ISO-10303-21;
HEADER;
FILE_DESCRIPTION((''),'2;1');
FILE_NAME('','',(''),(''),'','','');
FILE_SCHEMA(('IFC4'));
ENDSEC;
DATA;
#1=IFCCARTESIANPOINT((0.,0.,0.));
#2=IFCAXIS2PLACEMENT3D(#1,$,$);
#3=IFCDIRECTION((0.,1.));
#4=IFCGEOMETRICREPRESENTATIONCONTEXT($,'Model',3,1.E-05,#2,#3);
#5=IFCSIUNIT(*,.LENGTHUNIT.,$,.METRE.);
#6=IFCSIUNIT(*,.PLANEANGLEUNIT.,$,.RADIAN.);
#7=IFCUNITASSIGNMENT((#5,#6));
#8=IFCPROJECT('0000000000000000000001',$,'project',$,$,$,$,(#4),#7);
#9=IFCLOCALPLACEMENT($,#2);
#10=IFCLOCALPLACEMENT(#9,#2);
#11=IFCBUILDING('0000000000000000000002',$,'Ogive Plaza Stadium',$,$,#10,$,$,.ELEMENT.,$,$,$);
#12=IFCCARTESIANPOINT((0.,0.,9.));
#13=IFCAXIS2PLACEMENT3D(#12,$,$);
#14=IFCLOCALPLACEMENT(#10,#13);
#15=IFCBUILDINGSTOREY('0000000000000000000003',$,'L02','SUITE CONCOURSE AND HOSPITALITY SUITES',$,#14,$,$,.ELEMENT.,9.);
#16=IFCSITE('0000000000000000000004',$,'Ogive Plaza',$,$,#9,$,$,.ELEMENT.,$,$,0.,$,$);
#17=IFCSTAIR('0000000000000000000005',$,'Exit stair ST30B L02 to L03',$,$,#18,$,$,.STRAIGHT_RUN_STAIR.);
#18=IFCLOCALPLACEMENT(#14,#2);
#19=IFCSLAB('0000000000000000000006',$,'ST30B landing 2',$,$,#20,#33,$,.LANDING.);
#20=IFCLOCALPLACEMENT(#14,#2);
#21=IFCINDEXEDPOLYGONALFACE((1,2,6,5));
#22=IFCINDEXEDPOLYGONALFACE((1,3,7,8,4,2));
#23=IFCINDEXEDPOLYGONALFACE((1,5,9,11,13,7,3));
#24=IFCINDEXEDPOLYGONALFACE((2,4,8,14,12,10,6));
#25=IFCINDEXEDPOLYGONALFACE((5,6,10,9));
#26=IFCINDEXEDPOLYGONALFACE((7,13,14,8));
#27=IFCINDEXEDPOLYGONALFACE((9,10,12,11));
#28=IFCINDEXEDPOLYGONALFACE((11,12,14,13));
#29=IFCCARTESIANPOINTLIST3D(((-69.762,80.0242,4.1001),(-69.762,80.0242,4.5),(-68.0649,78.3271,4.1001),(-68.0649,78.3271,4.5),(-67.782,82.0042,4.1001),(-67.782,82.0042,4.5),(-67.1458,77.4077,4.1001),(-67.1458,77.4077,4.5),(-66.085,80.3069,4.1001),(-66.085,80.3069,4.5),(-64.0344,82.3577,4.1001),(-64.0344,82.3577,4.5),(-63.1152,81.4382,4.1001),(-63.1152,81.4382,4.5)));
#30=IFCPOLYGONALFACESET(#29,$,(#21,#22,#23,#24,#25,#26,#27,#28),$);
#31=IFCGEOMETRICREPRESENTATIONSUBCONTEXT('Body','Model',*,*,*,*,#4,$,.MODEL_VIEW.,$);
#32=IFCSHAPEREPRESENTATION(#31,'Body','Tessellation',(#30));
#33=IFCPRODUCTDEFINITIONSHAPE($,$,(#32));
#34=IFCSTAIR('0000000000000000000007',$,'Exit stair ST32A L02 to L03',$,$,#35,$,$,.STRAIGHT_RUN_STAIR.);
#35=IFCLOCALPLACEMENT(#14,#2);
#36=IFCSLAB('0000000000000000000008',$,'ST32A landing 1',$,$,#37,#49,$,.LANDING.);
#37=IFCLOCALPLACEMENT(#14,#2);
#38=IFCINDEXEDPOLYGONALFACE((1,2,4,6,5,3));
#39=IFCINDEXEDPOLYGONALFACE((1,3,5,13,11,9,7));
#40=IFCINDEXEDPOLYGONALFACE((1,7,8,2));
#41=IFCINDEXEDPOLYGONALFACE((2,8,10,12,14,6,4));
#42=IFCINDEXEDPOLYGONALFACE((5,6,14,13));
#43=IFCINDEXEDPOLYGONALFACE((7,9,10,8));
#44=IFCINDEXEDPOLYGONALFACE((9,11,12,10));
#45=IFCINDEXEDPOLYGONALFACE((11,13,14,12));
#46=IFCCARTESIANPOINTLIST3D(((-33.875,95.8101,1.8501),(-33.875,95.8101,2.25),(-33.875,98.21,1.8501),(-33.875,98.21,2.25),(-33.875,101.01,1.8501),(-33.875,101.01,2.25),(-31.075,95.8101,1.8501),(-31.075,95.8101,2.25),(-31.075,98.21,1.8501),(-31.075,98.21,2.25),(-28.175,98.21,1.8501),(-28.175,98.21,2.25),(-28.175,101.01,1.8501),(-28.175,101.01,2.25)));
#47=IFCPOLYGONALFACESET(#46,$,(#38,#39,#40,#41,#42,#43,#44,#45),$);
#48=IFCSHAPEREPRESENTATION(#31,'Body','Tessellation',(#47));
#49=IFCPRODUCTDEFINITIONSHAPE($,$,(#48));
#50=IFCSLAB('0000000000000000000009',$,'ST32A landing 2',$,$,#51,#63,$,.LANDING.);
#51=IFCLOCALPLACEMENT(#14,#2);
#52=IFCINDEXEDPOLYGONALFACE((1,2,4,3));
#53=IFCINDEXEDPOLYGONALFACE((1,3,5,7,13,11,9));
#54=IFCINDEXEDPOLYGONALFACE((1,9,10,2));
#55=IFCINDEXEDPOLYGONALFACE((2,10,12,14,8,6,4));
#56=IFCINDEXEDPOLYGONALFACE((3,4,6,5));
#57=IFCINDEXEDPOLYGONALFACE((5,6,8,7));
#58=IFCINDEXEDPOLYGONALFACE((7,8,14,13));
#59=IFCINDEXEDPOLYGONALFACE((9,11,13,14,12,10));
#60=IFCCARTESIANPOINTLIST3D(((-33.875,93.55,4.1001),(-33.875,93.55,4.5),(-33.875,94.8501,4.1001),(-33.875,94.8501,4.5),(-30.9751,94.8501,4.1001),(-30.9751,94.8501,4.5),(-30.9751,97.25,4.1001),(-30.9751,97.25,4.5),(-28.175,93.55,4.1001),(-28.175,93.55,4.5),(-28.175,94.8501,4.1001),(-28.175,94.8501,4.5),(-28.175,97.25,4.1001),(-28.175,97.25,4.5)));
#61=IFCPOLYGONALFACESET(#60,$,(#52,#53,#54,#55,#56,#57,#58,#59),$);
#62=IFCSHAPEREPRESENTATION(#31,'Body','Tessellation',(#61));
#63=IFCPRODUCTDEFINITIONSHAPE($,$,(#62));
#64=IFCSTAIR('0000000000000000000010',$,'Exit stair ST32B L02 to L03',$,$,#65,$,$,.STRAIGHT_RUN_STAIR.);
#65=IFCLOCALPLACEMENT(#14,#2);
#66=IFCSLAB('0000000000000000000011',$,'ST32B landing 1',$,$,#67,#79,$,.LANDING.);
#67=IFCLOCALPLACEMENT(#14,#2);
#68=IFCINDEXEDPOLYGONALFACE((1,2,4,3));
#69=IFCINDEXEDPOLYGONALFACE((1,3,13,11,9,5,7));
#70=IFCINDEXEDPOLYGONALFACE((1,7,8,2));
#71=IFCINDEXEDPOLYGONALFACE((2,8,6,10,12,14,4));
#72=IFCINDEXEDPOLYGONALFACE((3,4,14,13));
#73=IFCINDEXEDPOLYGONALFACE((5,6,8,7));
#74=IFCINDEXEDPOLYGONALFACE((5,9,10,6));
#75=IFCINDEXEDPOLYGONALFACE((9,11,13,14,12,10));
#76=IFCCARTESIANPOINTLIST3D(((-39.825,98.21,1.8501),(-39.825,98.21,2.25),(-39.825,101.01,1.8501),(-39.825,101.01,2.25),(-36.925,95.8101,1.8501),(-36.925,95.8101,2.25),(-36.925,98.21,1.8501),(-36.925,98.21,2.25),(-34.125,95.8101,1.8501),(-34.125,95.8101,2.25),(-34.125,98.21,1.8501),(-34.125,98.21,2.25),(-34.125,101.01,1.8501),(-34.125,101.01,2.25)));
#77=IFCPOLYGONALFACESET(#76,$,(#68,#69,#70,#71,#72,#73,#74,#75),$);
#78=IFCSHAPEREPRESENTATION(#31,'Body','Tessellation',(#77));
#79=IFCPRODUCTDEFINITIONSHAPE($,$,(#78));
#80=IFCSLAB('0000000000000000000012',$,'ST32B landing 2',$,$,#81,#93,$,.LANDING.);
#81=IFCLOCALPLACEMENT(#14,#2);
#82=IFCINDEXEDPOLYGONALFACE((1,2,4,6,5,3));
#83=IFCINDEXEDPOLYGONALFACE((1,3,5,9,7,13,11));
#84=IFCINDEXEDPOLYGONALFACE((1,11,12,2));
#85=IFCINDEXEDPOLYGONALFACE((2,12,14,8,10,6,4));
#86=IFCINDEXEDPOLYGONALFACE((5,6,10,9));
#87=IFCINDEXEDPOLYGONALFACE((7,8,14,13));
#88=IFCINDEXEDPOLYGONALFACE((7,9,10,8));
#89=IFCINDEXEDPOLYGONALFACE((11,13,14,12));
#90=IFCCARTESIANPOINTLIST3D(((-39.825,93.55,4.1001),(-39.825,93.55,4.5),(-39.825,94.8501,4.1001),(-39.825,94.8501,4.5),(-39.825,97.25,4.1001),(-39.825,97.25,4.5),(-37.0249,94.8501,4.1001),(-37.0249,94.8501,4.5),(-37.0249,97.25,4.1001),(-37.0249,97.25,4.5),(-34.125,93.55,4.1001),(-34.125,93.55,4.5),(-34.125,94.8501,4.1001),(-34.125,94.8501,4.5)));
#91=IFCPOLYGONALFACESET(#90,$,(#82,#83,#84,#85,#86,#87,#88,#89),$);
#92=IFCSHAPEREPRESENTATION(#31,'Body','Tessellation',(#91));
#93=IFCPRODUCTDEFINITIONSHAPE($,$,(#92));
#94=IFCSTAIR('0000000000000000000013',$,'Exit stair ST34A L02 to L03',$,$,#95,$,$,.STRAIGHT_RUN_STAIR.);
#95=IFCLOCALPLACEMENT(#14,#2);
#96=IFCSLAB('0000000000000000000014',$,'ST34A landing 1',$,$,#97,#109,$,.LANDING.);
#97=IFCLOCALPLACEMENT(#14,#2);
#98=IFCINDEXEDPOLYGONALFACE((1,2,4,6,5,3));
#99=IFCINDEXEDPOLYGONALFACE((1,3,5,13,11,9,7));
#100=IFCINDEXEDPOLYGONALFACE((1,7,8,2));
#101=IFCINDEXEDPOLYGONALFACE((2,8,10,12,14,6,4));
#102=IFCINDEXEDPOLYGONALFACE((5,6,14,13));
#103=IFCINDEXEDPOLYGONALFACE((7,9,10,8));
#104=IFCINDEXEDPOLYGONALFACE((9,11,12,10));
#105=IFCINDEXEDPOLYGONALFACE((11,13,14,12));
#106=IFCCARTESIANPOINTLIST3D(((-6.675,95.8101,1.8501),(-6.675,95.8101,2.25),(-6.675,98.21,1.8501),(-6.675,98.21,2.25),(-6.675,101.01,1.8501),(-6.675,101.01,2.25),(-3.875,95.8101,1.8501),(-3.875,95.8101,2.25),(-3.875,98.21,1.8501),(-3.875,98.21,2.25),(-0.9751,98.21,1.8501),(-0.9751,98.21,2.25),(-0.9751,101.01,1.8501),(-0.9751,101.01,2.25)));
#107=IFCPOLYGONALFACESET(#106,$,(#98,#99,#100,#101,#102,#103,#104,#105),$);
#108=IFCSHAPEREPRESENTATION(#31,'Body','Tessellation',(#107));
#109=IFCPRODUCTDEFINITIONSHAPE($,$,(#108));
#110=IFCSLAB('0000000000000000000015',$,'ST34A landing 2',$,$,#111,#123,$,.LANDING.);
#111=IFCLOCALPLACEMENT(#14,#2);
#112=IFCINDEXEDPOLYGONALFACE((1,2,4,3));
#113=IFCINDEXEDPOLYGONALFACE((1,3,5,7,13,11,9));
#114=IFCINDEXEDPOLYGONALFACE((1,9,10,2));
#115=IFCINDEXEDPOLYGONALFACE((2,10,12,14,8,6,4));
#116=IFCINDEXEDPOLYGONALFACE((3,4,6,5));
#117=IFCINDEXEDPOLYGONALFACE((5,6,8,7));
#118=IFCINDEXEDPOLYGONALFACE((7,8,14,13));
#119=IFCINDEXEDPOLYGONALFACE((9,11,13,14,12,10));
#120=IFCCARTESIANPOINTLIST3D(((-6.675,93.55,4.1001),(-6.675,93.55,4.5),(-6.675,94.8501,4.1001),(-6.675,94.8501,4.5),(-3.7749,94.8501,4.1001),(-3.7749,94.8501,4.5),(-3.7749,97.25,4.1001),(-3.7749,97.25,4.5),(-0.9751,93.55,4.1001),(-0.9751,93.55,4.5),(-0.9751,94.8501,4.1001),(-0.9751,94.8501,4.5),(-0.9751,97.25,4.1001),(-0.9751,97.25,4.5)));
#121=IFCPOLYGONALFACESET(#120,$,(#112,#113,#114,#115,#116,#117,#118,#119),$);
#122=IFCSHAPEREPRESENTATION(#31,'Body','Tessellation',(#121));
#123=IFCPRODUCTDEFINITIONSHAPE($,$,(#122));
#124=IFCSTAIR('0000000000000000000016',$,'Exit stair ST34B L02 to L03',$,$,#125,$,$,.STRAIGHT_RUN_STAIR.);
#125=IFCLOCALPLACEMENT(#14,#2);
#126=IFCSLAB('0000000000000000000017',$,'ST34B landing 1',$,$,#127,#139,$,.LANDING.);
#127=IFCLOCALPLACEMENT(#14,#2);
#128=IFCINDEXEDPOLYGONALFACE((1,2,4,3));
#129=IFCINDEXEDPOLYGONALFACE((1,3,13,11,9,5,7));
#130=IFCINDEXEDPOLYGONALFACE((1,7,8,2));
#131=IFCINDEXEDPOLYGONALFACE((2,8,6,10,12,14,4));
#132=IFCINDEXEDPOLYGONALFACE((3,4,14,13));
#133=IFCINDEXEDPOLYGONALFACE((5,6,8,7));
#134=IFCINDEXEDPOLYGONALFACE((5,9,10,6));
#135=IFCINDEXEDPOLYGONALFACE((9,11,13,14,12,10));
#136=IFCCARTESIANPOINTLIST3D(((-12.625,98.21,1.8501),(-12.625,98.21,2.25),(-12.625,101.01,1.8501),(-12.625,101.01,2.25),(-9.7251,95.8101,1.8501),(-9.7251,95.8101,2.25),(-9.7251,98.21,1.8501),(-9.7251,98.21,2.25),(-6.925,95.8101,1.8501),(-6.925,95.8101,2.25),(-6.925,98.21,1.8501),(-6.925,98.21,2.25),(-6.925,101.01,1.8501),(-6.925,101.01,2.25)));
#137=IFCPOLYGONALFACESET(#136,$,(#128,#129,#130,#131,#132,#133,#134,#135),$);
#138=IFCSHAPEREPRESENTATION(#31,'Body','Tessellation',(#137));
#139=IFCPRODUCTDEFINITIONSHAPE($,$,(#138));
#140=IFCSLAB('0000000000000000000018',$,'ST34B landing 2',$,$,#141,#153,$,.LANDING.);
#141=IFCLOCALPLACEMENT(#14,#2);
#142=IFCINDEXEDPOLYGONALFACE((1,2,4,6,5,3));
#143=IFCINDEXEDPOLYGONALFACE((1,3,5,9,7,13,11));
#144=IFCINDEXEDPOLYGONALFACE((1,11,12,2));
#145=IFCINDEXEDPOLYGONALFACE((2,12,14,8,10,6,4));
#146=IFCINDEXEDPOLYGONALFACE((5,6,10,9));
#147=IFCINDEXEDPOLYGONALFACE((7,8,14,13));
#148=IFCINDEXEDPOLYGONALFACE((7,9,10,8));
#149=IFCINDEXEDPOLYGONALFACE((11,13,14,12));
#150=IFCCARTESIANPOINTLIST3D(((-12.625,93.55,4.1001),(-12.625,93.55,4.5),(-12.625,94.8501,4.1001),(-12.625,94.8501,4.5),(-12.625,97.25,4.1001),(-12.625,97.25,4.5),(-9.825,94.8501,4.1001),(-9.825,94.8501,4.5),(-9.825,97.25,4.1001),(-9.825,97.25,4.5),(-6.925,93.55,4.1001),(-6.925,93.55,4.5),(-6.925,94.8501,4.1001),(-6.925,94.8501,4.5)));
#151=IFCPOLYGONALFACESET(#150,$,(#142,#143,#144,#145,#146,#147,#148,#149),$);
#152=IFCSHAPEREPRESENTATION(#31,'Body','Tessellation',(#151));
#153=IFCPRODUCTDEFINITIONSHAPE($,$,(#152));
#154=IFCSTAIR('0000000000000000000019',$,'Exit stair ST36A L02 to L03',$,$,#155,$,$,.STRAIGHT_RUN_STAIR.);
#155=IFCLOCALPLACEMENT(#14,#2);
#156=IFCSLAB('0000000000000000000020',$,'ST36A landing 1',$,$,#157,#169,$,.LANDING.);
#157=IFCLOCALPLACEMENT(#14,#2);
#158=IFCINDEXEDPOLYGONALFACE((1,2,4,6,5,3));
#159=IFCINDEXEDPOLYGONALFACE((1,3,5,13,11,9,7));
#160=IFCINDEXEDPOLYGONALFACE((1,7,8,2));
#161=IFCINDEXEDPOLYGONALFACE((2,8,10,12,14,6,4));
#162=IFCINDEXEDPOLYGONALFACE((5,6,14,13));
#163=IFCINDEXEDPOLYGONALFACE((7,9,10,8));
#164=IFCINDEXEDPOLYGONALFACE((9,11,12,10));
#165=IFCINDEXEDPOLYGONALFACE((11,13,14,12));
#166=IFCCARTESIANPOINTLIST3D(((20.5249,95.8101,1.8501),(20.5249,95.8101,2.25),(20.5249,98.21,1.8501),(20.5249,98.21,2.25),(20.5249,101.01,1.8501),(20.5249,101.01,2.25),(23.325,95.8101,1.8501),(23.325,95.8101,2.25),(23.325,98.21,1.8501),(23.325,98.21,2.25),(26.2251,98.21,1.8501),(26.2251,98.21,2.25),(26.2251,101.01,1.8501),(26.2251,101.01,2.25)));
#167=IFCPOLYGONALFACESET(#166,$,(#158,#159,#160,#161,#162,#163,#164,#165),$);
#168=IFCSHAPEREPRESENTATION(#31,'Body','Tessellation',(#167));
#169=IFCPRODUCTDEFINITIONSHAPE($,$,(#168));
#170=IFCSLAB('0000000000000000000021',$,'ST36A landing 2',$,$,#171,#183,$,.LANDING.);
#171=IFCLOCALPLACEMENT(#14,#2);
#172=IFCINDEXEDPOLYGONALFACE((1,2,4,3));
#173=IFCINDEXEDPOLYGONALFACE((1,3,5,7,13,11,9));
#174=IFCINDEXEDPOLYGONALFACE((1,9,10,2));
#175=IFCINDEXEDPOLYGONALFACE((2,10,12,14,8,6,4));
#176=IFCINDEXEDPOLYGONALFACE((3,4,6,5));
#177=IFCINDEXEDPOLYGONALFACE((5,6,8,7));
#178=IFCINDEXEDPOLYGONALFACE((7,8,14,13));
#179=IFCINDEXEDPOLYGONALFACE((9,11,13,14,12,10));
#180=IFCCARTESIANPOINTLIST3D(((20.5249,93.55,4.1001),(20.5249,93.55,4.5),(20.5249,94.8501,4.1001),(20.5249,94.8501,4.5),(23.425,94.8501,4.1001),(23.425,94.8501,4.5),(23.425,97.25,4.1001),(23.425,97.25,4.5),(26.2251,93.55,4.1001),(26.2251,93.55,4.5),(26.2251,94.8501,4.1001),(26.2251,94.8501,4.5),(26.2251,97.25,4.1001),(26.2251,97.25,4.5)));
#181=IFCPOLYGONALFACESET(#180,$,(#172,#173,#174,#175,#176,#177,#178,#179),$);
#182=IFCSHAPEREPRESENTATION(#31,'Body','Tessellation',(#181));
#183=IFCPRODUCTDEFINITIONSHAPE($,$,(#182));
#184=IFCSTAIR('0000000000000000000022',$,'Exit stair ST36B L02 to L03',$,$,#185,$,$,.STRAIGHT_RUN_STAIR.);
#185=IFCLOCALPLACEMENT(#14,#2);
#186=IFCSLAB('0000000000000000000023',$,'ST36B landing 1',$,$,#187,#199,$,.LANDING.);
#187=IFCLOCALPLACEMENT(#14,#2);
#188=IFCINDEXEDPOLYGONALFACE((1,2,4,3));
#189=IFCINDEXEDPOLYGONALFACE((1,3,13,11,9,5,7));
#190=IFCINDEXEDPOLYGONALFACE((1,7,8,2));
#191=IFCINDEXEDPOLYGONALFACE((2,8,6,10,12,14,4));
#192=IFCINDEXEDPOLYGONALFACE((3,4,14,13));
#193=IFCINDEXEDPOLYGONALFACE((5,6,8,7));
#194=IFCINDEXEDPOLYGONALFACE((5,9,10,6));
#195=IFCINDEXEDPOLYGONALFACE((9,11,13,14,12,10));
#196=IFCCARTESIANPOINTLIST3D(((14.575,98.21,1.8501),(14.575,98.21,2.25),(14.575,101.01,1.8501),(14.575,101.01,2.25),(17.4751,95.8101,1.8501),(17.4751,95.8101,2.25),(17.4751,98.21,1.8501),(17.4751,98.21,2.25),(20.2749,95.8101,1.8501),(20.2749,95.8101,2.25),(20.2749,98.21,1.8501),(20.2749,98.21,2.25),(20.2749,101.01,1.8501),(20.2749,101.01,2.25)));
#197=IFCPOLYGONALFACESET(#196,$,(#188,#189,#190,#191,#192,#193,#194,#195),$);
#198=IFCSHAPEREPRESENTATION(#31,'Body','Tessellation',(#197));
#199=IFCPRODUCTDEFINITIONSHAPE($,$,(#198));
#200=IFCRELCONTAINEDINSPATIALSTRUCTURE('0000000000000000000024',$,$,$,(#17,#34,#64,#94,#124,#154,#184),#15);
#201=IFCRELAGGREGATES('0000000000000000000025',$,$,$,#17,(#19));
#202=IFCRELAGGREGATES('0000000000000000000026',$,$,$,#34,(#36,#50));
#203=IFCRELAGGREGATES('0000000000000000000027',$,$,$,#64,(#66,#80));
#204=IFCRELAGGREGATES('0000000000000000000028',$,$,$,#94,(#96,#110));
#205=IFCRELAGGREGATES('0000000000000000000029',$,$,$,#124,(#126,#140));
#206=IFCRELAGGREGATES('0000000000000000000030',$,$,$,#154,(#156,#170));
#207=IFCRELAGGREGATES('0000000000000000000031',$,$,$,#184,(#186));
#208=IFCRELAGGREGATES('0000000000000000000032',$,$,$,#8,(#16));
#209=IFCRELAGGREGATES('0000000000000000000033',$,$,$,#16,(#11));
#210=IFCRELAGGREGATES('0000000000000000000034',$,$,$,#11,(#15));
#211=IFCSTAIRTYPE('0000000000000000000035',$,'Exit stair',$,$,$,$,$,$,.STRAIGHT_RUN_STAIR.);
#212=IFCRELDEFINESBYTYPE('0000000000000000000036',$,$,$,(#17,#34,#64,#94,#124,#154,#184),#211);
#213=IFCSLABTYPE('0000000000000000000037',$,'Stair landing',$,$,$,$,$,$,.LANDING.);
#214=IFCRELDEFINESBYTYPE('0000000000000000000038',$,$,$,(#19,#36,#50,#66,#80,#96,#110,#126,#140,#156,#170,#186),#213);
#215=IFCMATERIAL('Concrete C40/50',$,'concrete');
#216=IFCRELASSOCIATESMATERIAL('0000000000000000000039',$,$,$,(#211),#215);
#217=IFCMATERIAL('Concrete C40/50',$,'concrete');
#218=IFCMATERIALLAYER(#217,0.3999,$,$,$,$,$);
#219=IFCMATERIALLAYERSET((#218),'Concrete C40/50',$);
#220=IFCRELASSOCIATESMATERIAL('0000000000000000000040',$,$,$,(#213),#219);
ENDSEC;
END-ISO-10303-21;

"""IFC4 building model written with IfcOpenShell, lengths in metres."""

from ifc_helpers import new_model, si_unit, direction, frame, origin, place, context, subcontext, project, spatial, polyline, outline, extrude, material, layer, layer_set, type_object, element, aggregate, save


model = new_model("IFC4")

# Units and contexts
model_context = context("Model", 3, precision=1e-05, world=origin(), true_north=direction((0.0, 1.0)))
body_context = subcontext(model_context, "Body", "Model", "MODEL_VIEW")
ifc_project = project(units=[si_unit("LENGTHUNIT", "METRE"), si_unit("PLANEANGLEUNIT", "RADIAN")], contexts=[model_context])

# Site, building, storey
site_placement = place(None, origin())
site = spatial("IfcSite", under=ifc_project, at=site_placement, Name="Ogive Plaza", CompositionType="ELEMENT", RefElevation=0.0)
building_placement = place(site_placement, origin())
building = spatial("IfcBuilding", under=site, at=building_placement, Name="Ogive Plaza Stadium", CompositionType="ELEMENT")
storey_placement = place(building_placement, frame((0.0, 0.0, 9.0)))
storey = spatial("IfcBuildingStorey", under=building, at=storey_placement, Name="L02", Description="SUITE CONCOURSE AND HOSPITALITY SUITES", CompositionType="ELEMENT", Elevation=9.0)

# Shared definitions
ifc_material_1 = material(Name="Concrete C40/50", Category="concrete")
stair_type = type_object("IfcStairType", Name="Exit stair", PredefinedType="STRAIGHT_RUN_STAIR", material=ifc_material_1)
ifc_material_2 = material(Name="Concrete C40/50", Category="concrete")
ifc_layer = layer(ifc_material_2, 0.3999)
ifc_layer_set = layer_set([ifc_layer], Name="Concrete C40/50")
slab_type = type_object("IfcSlabType", Name="Stair landing", PredefinedType="LANDING", material=ifc_layer_set)

# Stairs, slabs
stair_1_placement = place(storey_placement, origin())
stair_1 = element("IfcStair", 1, at=stair_1_placement, inside=storey, type_object=stair_type, Name="Exit stair ST30B L02 to L03", PredefinedType="STRAIGHT_RUN_STAIR")
slab_1_placement = place(storey_placement, frame((0.0, 0.0, 4.1001)))
slab_1 = element("IfcSlab", 2, at=slab_1_placement, type_object=slab_type, Name="ST30B landing 2", PredefinedType="LANDING", context=body_context, shape_type="SweptSolid", body=[
    extrude(outline(polyline([(-64.0344, 82.3577), (-63.1152, 81.4382), (-67.1458, 77.4077), (-68.0649, 78.3271), (-69.762, 80.0242), (-67.782, 82.0042), (-66.085, 80.3069), (-64.0344, 82.3577)])), origin(), (0.0, 0.0, 1.0), 0.3999),
])
aggregate(stair_1, [slab_1])
stair_2_placement = place(storey_placement, origin())
stair_2 = element("IfcStair", 3, at=stair_2_placement, inside=storey, type_object=stair_type, Name="Exit stair ST32A L02 to L03", PredefinedType="STRAIGHT_RUN_STAIR")
slab_2_placement = place(storey_placement, frame((0.0, 0.0, 1.8501)))
slab_2 = element("IfcSlab", 4, at=slab_2_placement, type_object=slab_type, Name="ST32A landing 1", PredefinedType="LANDING", context=body_context, shape_type="SweptSolid", body=[
    extrude(outline(polyline([(-33.875, 101.01), (-28.175, 101.01), (-28.175, 98.21), (-31.075, 98.21), (-31.075, 95.8101), (-33.875, 95.8101), (-33.875, 98.21), (-33.875, 101.01)])), origin(), (0.0, 0.0, 1.0), 0.3999),
])
slab_3_placement = place(storey_placement, frame((0.0, 0.0, 4.1001)))
slab_3 = element("IfcSlab", 5, at=slab_3_placement, type_object=slab_type, Name="ST32A landing 2", PredefinedType="LANDING", context=body_context, shape_type="SweptSolid", body=[
    extrude(outline(polyline([(-30.9751, 97.25), (-28.175, 97.25), (-28.175, 94.8501), (-28.175, 93.55), (-33.875, 93.55), (-33.875, 94.8501), (-30.9751, 94.8501), (-30.9751, 97.25)])), origin(), (0.0, 0.0, 1.0), 0.3999),
])
aggregate(stair_2, [slab_2, slab_3])
stair_3_placement = place(storey_placement, origin())
stair_3 = element("IfcStair", 6, at=stair_3_placement, inside=storey, type_object=stair_type, Name="Exit stair ST32B L02 to L03", PredefinedType="STRAIGHT_RUN_STAIR")
slab_4_placement = place(storey_placement, frame((0.0, 0.0, 1.8501)))
slab_4 = element("IfcSlab", 7, at=slab_4_placement, type_object=slab_type, Name="ST32B landing 1", PredefinedType="LANDING", context=body_context, shape_type="SweptSolid", body=[
    extrude(outline(polyline([(-34.125, 95.8101), (-36.925, 95.8101), (-36.925, 98.21), (-39.825, 98.21), (-39.825, 101.01), (-34.125, 101.01), (-34.125, 98.21), (-34.125, 95.8101)])), origin(), (0.0, 0.0, 1.0), 0.3999),
])
slab_5_placement = place(storey_placement, frame((0.0, 0.0, 4.1001)))
slab_5 = element("IfcSlab", 8, at=slab_5_placement, type_object=slab_type, Name="ST32B landing 2", PredefinedType="LANDING", context=body_context, shape_type="SweptSolid", body=[
    extrude(outline(polyline([(-34.125, 94.8501), (-34.125, 93.55), (-39.825, 93.55), (-39.825, 94.8501), (-39.825, 97.25), (-37.0249, 97.25), (-37.0249, 94.8501), (-34.125, 94.8501)])), origin(), (0.0, 0.0, 1.0), 0.3999),
])
aggregate(stair_3, [slab_4, slab_5])
stair_4_placement = place(storey_placement, origin())
stair_4 = element("IfcStair", 9, at=stair_4_placement, inside=storey, type_object=stair_type, Name="Exit stair ST34A L02 to L03", PredefinedType="STRAIGHT_RUN_STAIR")
slab_6_placement = place(storey_placement, frame((0.0, 0.0, 1.8501)))
slab_6 = element("IfcSlab", 10, at=slab_6_placement, type_object=slab_type, Name="ST34A landing 1", PredefinedType="LANDING", context=body_context, shape_type="SweptSolid", body=[
    extrude(outline(polyline([(-6.675, 101.01), (-0.9751, 101.01), (-0.9751, 98.21), (-3.875, 98.21), (-3.875, 95.8101), (-6.675, 95.8101), (-6.675, 98.21), (-6.675, 101.01)])), origin(), (0.0, 0.0, 1.0), 0.3999),
])
slab_7_placement = place(storey_placement, frame((0.0, 0.0, 4.1001)))
slab_7 = element("IfcSlab", 11, at=slab_7_placement, type_object=slab_type, Name="ST34A landing 2", PredefinedType="LANDING", context=body_context, shape_type="SweptSolid", body=[
    extrude(outline(polyline([(-3.7749, 97.25), (-0.9751, 97.25), (-0.9751, 94.8501), (-0.9751, 93.55), (-6.675, 93.55), (-6.675, 94.8501), (-3.7749, 94.8501), (-3.7749, 97.25)])), origin(), (0.0, 0.0, 1.0), 0.3999),
])
aggregate(stair_4, [slab_6, slab_7])
stair_5_placement = place(storey_placement, origin())
stair_5 = element("IfcStair", 12, at=stair_5_placement, inside=storey, type_object=stair_type, Name="Exit stair ST34B L02 to L03", PredefinedType="STRAIGHT_RUN_STAIR")
slab_8_placement = place(storey_placement, frame((0.0, 0.0, 1.8501)))
slab_8 = element("IfcSlab", 13, at=slab_8_placement, type_object=slab_type, Name="ST34B landing 1", PredefinedType="LANDING", context=body_context, shape_type="SweptSolid", body=[
    extrude(outline(polyline([(-6.925, 95.8101), (-9.7251, 95.8101), (-9.7251, 98.21), (-12.625, 98.21), (-12.625, 101.01), (-6.925, 101.01), (-6.925, 98.21), (-6.925, 95.8101)])), origin(), (0.0, 0.0, 1.0), 0.3999),
])
slab_9_placement = place(storey_placement, frame((0.0, 0.0, 4.1001)))
slab_9 = element("IfcSlab", 14, at=slab_9_placement, type_object=slab_type, Name="ST34B landing 2", PredefinedType="LANDING", context=body_context, shape_type="SweptSolid", body=[
    extrude(outline(polyline([(-6.925, 94.8501), (-6.925, 93.55), (-12.625, 93.55), (-12.625, 94.8501), (-12.625, 97.25), (-9.825, 97.25), (-9.825, 94.8501), (-6.925, 94.8501)])), origin(), (0.0, 0.0, 1.0), 0.3999),
])
aggregate(stair_5, [slab_8, slab_9])
stair_6_placement = place(storey_placement, origin())
stair_6 = element("IfcStair", 15, at=stair_6_placement, inside=storey, type_object=stair_type, Name="Exit stair ST36A L02 to L03", PredefinedType="STRAIGHT_RUN_STAIR")
slab_10_placement = place(storey_placement, frame((0.0, 0.0, 1.8501)))
slab_10 = element("IfcSlab", 16, at=slab_10_placement, type_object=slab_type, Name="ST36A landing 1", PredefinedType="LANDING", context=body_context, shape_type="SweptSolid", body=[
    extrude(outline(polyline([(20.5249, 101.01), (26.2251, 101.01), (26.2251, 98.21), (23.325, 98.21), (23.325, 95.8101), (20.5249, 95.8101), (20.5249, 98.21), (20.5249, 101.01)])), origin(), (0.0, 0.0, 1.0), 0.3999),
])
slab_11_placement = place(storey_placement, frame((0.0, 0.0, 4.1001)))
slab_11 = element("IfcSlab", 17, at=slab_11_placement, type_object=slab_type, Name="ST36A landing 2", PredefinedType="LANDING", context=body_context, shape_type="SweptSolid", body=[
    extrude(outline(polyline([(23.425, 97.25), (26.2251, 97.25), (26.2251, 94.8501), (26.2251, 93.55), (20.5249, 93.55), (20.5249, 94.8501), (23.425, 94.8501), (23.425, 97.25)])), origin(), (0.0, 0.0, 1.0), 0.3999),
])
aggregate(stair_6, [slab_10, slab_11])
stair_7_placement = place(storey_placement, origin())
stair_7 = element("IfcStair", 18, at=stair_7_placement, inside=storey, type_object=stair_type, Name="Exit stair ST36B L02 to L03", PredefinedType="STRAIGHT_RUN_STAIR")
slab_12_placement = place(storey_placement, frame((0.0, 0.0, 1.8501)))
slab_12 = element("IfcSlab", 19, at=slab_12_placement, type_object=slab_type, Name="ST36B landing 1", PredefinedType="LANDING", context=body_context, shape_type="SweptSolid", body=[
    extrude(outline(polyline([(20.2749, 95.8101), (17.4751, 95.8101), (17.4751, 98.21), (14.575, 98.21), (14.575, 101.01), (20.2749, 101.01), (20.2749, 98.21), (20.2749, 95.8101)])), origin(), (0.0, 0.0, 1.0), 0.3999),
])
aggregate(stair_7, [slab_12])

save(model, "model.ifc")
